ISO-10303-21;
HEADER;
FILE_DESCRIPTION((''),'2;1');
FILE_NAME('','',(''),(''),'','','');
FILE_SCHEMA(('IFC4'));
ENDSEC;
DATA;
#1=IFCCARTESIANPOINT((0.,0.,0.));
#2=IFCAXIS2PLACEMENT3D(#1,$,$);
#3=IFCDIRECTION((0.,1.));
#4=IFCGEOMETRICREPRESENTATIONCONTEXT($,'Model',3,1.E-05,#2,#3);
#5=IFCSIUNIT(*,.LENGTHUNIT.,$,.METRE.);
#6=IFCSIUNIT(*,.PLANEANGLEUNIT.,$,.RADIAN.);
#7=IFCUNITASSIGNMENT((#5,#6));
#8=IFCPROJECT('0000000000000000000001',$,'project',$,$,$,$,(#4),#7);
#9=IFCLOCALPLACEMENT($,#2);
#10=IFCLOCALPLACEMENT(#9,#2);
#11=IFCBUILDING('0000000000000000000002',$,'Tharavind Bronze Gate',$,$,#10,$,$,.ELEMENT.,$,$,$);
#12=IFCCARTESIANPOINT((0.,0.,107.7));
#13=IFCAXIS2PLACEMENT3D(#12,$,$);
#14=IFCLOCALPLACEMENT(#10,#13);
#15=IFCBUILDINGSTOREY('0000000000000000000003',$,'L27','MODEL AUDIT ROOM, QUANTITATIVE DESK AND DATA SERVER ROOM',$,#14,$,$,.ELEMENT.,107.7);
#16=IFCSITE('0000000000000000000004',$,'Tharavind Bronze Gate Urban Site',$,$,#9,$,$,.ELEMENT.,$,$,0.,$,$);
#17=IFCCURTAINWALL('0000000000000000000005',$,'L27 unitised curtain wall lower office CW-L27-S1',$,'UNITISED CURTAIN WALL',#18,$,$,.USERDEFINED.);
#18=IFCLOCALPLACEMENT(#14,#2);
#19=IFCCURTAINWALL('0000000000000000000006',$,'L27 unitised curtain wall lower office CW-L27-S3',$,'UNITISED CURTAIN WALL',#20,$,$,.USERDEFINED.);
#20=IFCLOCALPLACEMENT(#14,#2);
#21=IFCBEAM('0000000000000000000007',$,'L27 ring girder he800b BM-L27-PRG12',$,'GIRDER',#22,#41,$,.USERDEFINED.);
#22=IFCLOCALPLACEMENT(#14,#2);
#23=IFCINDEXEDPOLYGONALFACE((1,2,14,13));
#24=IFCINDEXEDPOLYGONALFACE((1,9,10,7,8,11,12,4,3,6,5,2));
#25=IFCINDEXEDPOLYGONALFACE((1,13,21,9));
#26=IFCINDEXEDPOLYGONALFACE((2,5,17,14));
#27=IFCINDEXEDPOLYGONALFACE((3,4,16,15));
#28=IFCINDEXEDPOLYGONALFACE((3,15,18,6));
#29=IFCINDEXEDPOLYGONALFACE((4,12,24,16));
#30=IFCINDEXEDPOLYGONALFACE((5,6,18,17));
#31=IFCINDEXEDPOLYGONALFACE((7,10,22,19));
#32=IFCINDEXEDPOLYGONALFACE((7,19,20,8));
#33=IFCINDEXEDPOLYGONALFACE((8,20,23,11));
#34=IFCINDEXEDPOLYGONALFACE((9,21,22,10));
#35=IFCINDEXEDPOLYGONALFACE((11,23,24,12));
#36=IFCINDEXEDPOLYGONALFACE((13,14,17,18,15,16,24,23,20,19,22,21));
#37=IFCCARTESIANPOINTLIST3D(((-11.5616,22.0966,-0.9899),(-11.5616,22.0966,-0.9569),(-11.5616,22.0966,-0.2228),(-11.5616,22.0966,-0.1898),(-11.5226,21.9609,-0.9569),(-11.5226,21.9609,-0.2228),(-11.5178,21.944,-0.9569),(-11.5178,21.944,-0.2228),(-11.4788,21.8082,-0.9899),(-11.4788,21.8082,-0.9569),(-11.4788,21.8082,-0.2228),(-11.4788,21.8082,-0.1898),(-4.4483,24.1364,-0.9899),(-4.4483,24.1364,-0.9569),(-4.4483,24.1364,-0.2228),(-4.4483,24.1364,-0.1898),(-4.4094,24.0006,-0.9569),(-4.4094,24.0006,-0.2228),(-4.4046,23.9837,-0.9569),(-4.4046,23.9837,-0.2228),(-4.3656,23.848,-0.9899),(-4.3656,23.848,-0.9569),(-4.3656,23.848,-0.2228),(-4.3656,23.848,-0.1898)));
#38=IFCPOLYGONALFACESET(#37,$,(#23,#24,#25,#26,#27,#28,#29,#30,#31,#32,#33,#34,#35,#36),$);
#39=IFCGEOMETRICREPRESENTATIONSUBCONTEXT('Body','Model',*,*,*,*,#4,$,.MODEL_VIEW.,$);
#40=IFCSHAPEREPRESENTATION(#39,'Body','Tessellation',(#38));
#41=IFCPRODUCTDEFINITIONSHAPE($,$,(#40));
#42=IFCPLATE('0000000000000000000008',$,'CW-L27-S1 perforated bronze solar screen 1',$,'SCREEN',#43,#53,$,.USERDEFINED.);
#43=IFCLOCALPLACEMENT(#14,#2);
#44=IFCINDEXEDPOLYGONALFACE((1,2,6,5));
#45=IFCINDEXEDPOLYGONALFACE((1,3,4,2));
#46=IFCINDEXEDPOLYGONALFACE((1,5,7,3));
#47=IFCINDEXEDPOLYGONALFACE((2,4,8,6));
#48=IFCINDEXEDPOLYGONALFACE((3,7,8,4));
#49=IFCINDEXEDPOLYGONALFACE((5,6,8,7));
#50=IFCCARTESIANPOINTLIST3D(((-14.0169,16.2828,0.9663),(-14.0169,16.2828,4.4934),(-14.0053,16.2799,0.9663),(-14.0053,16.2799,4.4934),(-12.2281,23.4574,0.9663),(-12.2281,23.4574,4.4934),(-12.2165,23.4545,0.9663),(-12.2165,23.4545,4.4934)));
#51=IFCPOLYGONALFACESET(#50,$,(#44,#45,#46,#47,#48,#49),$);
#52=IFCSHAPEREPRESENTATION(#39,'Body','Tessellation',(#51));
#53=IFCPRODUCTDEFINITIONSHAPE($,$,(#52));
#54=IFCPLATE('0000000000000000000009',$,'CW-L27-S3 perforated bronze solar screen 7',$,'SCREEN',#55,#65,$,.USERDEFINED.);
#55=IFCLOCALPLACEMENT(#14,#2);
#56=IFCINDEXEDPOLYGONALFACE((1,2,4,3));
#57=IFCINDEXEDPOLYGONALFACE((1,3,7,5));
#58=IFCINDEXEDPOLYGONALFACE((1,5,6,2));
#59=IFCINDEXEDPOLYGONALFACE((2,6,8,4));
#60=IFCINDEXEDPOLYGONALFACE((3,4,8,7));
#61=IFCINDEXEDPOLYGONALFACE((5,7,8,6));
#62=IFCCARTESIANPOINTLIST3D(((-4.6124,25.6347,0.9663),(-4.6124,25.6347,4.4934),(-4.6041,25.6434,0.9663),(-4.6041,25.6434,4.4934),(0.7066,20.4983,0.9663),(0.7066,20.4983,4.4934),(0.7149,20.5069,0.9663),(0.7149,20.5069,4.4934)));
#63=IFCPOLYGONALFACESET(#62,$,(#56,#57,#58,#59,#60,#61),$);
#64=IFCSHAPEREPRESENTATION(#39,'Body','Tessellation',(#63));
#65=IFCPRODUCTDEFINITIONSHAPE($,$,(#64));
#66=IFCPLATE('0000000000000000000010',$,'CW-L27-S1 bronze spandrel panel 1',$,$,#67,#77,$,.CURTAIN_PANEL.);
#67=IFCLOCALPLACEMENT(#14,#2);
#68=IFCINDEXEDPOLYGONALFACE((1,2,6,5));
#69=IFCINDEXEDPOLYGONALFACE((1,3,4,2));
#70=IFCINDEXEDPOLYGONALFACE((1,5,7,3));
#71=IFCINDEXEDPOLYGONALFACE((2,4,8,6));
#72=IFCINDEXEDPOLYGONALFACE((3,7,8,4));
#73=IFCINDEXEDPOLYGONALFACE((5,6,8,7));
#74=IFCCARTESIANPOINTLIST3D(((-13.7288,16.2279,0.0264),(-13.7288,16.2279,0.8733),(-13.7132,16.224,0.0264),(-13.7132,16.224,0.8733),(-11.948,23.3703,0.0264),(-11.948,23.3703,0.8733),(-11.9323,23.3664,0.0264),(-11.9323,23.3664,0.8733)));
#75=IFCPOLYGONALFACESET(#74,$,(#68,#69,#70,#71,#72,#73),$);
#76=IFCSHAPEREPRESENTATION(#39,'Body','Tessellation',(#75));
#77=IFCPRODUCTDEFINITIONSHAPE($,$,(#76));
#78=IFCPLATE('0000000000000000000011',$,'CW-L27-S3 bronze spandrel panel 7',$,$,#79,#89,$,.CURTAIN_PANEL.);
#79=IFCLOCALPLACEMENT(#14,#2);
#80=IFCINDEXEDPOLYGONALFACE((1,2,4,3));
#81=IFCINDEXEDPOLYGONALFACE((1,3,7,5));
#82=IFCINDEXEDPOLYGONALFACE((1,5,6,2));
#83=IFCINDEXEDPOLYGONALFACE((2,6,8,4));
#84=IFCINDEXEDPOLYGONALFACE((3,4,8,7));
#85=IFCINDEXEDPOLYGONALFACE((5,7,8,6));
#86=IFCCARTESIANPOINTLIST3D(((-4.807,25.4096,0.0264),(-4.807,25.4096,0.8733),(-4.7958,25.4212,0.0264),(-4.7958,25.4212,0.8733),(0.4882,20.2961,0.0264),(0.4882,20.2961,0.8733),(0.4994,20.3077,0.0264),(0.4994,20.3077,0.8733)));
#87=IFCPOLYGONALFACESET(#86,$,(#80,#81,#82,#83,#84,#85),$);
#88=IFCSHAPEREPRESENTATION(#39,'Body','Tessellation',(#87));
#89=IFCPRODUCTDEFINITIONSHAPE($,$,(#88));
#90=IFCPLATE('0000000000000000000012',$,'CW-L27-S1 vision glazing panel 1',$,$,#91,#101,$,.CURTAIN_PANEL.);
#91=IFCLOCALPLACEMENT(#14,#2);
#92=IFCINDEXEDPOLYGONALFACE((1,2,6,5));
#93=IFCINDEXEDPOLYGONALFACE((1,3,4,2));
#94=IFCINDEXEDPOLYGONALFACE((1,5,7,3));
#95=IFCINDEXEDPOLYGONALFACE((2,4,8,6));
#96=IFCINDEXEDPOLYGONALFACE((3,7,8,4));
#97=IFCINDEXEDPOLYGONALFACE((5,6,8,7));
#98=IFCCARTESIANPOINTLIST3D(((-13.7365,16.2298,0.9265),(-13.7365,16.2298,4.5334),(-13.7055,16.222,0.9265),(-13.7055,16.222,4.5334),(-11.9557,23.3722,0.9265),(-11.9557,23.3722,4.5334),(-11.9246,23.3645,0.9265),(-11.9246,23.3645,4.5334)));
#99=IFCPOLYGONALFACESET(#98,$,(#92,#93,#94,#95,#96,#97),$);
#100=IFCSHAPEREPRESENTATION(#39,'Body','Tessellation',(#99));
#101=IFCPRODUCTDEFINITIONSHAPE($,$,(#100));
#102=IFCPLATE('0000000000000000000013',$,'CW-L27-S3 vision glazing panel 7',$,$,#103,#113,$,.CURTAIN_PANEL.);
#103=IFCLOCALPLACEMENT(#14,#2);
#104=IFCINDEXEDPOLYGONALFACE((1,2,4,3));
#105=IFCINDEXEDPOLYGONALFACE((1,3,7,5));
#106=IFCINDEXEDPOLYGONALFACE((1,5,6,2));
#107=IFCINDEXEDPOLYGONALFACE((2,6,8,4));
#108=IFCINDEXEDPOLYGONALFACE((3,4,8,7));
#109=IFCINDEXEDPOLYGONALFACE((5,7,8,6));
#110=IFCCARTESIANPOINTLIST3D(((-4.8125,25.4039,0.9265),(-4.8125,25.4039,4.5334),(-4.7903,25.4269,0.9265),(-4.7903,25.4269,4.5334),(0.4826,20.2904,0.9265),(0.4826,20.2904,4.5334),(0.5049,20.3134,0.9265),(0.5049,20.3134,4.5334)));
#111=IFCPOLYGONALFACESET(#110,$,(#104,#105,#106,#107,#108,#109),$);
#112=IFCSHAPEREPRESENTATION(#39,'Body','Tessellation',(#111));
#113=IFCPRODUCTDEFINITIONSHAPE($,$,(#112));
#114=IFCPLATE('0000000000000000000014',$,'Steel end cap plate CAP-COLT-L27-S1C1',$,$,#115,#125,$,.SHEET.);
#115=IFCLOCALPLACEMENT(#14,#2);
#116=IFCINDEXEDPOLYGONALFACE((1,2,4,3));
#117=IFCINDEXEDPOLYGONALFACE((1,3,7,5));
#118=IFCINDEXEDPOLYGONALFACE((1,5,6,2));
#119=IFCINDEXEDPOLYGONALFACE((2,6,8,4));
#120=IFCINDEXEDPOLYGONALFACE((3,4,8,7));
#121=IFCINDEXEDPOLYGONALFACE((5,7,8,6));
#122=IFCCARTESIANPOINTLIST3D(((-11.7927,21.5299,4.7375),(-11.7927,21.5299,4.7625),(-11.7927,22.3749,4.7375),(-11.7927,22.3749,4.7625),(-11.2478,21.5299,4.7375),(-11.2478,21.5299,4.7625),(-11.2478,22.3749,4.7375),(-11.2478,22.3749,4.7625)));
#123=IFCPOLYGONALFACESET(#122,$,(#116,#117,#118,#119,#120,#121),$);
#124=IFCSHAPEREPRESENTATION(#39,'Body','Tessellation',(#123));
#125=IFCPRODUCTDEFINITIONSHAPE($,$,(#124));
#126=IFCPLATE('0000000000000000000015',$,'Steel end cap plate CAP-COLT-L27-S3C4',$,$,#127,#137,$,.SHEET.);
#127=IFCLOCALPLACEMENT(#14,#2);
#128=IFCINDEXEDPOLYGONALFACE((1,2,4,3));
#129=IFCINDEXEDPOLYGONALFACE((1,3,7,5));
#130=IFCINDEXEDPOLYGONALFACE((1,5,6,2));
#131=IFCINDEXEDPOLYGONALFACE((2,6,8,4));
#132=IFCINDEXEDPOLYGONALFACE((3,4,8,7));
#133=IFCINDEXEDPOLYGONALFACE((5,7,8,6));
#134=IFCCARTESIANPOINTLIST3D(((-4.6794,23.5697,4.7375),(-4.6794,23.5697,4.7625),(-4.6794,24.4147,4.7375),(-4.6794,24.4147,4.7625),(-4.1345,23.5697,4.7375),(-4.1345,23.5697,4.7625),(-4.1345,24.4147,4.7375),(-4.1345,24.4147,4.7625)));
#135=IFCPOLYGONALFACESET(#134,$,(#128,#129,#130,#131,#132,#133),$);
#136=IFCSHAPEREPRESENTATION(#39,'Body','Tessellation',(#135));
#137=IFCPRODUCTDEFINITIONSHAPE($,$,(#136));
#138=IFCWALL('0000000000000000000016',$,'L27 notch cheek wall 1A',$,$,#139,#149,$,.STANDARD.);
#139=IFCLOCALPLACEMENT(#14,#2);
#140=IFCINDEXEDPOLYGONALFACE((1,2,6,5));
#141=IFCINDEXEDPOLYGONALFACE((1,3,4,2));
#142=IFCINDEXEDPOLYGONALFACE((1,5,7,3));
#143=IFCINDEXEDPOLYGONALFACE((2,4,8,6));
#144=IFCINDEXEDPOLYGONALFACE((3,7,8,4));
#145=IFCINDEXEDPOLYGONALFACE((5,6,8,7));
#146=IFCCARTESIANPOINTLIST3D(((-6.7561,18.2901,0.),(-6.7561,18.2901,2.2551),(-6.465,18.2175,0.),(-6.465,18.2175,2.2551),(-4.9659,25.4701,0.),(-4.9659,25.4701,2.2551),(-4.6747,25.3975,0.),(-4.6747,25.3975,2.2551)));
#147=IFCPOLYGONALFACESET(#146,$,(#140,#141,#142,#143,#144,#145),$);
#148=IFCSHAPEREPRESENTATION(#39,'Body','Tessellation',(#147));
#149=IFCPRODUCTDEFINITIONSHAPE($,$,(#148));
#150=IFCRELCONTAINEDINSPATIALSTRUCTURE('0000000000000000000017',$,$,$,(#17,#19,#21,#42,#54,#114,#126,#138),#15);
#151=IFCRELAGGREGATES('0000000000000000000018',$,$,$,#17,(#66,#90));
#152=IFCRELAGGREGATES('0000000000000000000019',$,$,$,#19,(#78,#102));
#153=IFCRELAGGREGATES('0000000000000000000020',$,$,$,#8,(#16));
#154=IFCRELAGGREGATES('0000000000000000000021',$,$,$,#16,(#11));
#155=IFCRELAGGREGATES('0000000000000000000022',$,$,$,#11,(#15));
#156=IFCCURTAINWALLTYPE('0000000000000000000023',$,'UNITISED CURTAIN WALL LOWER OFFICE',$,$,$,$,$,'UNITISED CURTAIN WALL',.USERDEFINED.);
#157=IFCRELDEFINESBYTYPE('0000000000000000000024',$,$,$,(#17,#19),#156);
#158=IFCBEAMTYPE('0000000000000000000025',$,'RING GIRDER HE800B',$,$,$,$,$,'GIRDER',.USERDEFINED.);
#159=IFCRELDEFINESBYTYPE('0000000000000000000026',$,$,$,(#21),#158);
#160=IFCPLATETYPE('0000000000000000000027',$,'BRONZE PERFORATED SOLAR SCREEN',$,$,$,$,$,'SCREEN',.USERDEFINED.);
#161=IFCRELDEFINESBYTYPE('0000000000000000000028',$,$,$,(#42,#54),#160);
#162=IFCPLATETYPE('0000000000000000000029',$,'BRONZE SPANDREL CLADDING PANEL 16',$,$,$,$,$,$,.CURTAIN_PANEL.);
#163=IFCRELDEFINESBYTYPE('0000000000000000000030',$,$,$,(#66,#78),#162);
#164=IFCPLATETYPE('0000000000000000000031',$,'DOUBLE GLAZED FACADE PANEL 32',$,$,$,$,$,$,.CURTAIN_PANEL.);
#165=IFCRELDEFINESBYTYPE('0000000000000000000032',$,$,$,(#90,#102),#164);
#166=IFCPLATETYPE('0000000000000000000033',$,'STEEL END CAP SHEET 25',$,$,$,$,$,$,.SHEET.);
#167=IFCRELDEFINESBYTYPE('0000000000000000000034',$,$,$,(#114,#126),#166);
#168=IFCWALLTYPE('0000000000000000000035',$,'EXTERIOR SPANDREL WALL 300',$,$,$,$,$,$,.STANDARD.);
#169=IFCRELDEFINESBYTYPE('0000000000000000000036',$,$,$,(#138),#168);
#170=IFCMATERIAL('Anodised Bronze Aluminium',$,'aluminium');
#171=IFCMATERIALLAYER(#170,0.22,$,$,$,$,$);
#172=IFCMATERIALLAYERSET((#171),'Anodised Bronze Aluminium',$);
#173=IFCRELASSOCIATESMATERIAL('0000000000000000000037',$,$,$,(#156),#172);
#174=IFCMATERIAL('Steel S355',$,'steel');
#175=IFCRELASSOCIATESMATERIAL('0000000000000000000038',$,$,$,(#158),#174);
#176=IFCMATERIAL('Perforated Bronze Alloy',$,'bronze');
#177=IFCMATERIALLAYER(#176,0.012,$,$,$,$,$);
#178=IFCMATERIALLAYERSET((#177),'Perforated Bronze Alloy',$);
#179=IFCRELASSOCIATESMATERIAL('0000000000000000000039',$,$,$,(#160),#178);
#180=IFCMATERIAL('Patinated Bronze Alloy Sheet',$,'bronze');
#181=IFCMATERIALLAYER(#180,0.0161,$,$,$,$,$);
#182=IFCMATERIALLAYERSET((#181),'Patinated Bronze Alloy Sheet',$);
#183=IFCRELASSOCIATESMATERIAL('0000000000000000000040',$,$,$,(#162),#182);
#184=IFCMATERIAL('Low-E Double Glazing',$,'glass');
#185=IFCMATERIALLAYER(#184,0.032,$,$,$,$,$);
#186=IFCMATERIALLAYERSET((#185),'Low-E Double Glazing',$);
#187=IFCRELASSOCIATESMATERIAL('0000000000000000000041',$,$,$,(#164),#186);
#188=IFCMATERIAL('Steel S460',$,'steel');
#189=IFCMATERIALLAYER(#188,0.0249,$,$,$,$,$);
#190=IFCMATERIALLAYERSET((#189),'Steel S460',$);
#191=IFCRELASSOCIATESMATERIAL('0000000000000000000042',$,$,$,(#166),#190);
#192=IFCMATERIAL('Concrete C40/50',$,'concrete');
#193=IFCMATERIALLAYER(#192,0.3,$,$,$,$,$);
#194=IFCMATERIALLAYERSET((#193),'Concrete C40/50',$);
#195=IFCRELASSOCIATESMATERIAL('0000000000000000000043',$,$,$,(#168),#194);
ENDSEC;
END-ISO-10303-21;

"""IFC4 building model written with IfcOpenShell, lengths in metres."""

from ifc_helpers import new_model, si_unit, direction, frame, frame_2d, origin, origin_2d, place, context, subcontext, project, spatial, rectangle, i_section, extrude, material, layer, layer_set, material_profile, profile_set, type_object, element, aggregate, save


model = new_model("IFC4")

# Units and contexts
model_context = context("Model", 3, precision=1e-05, world=origin(), true_north=direction((0.0, 1.0)))
body_context = subcontext(model_context, "Body", "Model", "MODEL_VIEW")
ifc_project = project(units=[si_unit("LENGTHUNIT", "METRE"), si_unit("PLANEANGLEUNIT", "RADIAN")], contexts=[model_context])

# Site, building, storey
site_placement = place(None, origin())
site = spatial("IfcSite", under=ifc_project, at=site_placement, Name="Tharavind Bronze Gate Urban Site", CompositionType="ELEMENT", RefElevation=0.0)
building_placement = place(site_placement, origin())
building = spatial("IfcBuilding", under=site, at=building_placement, Name="Tharavind Bronze Gate", CompositionType="ELEMENT")
storey_placement = place(building_placement, frame((0.0, 0.0, 107.7)))
storey = spatial("IfcBuildingStorey", under=building, at=storey_placement, Name="L27", Description="MODEL AUDIT ROOM, QUANTITATIVE DESK AND DATA SERVER ROOM", CompositionType="ELEMENT", Elevation=107.7)

# Shared definitions
ifc_material_1 = material(Name="Steel S460", Category="steel")

# Curtain walls
ifc_material_2 = material(Name="Anodised Bronze Aluminium", Category="aluminium")
ifc_layer_1 = layer(ifc_material_2, 0.22)
ifc_layer_set_1 = layer_set([ifc_layer_1], Name="Anodised Bronze Aluminium")
curtain_wall_type = type_object("IfcCurtainWallType", Name="UNITISED CURTAIN WALL LOWER OFFICE", ElementType="UNITISED CURTAIN WALL", PredefinedType="USERDEFINED", material=ifc_layer_set_1)
curtain_wall_1_placement = place(storey_placement, origin())
curtain_wall_1 = element("IfcCurtainWall", 1, at=curtain_wall_1_placement, inside=storey, type_object=curtain_wall_type, Name="L27 unitised curtain wall lower office CW-L27-S1", ObjectType="UNITISED CURTAIN WALL", PredefinedType="USERDEFINED")
curtain_wall_2_placement = place(storey_placement, origin())
curtain_wall_2 = element("IfcCurtainWall", 2, at=curtain_wall_2_placement, inside=storey, type_object=curtain_wall_type, Name="L27 unitised curtain wall lower office CW-L27-S3", ObjectType="UNITISED CURTAIN WALL", PredefinedType="USERDEFINED")

# Beam
ifc_material_3 = material(Name="Steel S355", Category="steel")
ifc_material_profile_1 = material_profile(ifc_material_3, i_section(OverallWidth=0.3, OverallDepth=0.8, WebThickness=0.0176, FlangeThickness=0.033, at=origin_2d()), Name="HE800B")
ifc_profile_set_1 = profile_set([ifc_material_profile_1], Name="Steel S355")
beam_type_1 = type_object("IfcBeamType", Name="RING GIRDER HE800B", ElementType="GIRDER", PredefinedType="USERDEFINED", material=ifc_profile_set_1)
beam_1_placement = place(storey_placement, frame((-4.407, 23.9922, -0.5898), z_axis=(-0.961258, -0.275649, 0.0), x_axis=(0.275649, -0.961258, 0.0)))
element("IfcBeam", 3, at=beam_1_placement, inside=storey, type_object=beam_type_1, Name="L27 ring girder he800b BM-L27-PRG12", ObjectType="GIRDER", PredefinedType="USERDEFINED", context=body_context, shape_type="SweptSolid", body=[
    extrude(i_section(OverallWidth=0.3, OverallDepth=0.8, WebThickness=0.0176, FlangeThickness=0.033, at=origin_2d()), origin(), (0.0, 0.0, 1.0), 7.3999),
])

# Plates
ifc_material_4 = material(Name="Perforated Bronze Alloy", Category="bronze")
ifc_layer_2 = layer(ifc_material_4, 0.012)
ifc_layer_set_2 = layer_set([ifc_layer_2], Name="Perforated Bronze Alloy")
plate_type_1 = type_object("IfcPlateType", Name="BRONZE PERFORATED SOLAR SCREEN", ElementType="SCREEN", PredefinedType="USERDEFINED", material=ifc_layer_set_2)
for number, where, z_axis, x_axis, name in (
    (4, (-13.1167, 19.8687, 0.9663), (0.0, 0.0, 1.0), (-0.241922, -0.970296, 0.0), "CW-L27-S1 perforated bronze solar screen 1"),
    (5, (-1.9487, 23.0708, 0.9663), (0.0, 0.0, 1.0), (-0.719341, 0.694657, 0.0), "CW-L27-S3 perforated bronze solar screen 7"),
):
    element("IfcPlate", number, at=place(storey_placement, frame(where, z_axis=z_axis, x_axis=x_axis)), inside=storey, type_object=plate_type_1, Name=name, ObjectType="SCREEN", PredefinedType="USERDEFINED", context=body_context, shape_type="SweptSolid", body=[
        extrude(rectangle(XDim=7.3943, YDim=0.012, at=origin_2d()), origin(), (0.0, 0.0, 1.0), 3.5271),
    ])

# Plates
ifc_material_5 = material(Name="Patinated Bronze Alloy Sheet", Category="bronze")
ifc_layer_3 = layer(ifc_material_5, 0.0161)
ifc_layer_set_3 = layer_set([ifc_layer_3], Name="Patinated Bronze Alloy Sheet")
plate_type_2 = type_object("IfcPlateType", Name="BRONZE SPANDREL CLADDING PANEL 16", PredefinedType="CURTAIN_PANEL", material=ifc_layer_set_3)
plate_1_placement = place(storey_placement, frame((-12.8306, 19.7971, 0.0264), z_axis=(0.0, 0.0, 1.0), x_axis=(-0.241922, -0.970296, 0.0)))
plate_1 = element("IfcPlate", 6, at=plate_1_placement, type_object=plate_type_2, Name="CW-L27-S1 bronze spandrel panel 1", PredefinedType="CURTAIN_PANEL", context=body_context, shape_type="SweptSolid", body=[
    extrude(rectangle(XDim=7.3611, YDim=0.0161, at=origin_2d()), origin(), (0.0, 0.0, 1.0), 0.8469),
])
plate_2_placement = place(storey_placement, frame((-2.1538, 22.8586, 0.0264), z_axis=(0.0, 0.0, 1.0), x_axis=(-0.719341, 0.694657, 0.0)))
plate_2 = element("IfcPlate", 7, at=plate_2_placement, type_object=plate_type_2, Name="CW-L27-S3 bronze spandrel panel 7", PredefinedType="CURTAIN_PANEL", context=body_context, shape_type="SweptSolid", body=[
    extrude(rectangle(XDim=7.3611, YDim=0.0161, at=origin_2d()), origin(), (0.0, 0.0, 1.0), 0.8469),
])
ifc_material_6 = material(Name="Low-E Double Glazing", Category="glass")
ifc_layer_4 = layer(ifc_material_6, 0.032)
ifc_layer_set_4 = layer_set([ifc_layer_4], Name="Low-E Double Glazing")
plate_type_3 = type_object("IfcPlateType", Name="DOUBLE GLAZED FACADE PANEL 32", PredefinedType="CURTAIN_PANEL", material=ifc_layer_set_4)
plate_3_placement = place(storey_placement, frame((-12.8306, 19.7971, 0.9265), z_axis=(0.0, 0.0, 1.0), x_axis=(-0.241922, -0.970296, 0.0)))
plate_3 = element("IfcPlate", 8, at=plate_3_placement, type_object=plate_type_3, Name="CW-L27-S1 vision glazing panel 1", PredefinedType="CURTAIN_PANEL", context=body_context, shape_type="SweptSolid", body=[
    extrude(rectangle(XDim=7.3611, YDim=0.032, at=origin_2d()), origin(), (0.0, 0.0, 1.0), 3.6069),
])
aggregate(curtain_wall_1, [plate_1, plate_3])
plate_4_placement = place(storey_placement, frame((-2.1538, 22.8586, 0.9265), z_axis=(0.0, 0.0, 1.0), x_axis=(-0.719341, 0.694657, 0.0)))
plate_4 = element("IfcPlate", 9, at=plate_4_placement, type_object=plate_type_3, Name="CW-L27-S3 vision glazing panel 7", PredefinedType="CURTAIN_PANEL", context=body_context, shape_type="SweptSolid", body=[
    extrude(rectangle(XDim=7.3611, YDim=0.032, at=origin_2d()), origin(), (0.0, 0.0, 1.0), 3.6069),
])
aggregate(curtain_wall_2, [plate_2, plate_4])

# Plates
ifc_layer_5 = layer(ifc_material_1, 0.0249)
ifc_layer_set_5 = layer_set([ifc_layer_5], Name="Steel S460")
plate_type_4 = type_object("IfcPlateType", Name="STEEL END CAP SHEET 25", PredefinedType="SHEET", material=ifc_layer_set_5)
for number, where, z_axis, x_axis, name in (
    (10, (-11.5203, 21.9524, 4.7375), (0.0, 0.0, 1.0), (1.0, 0.0, 0.0), "Steel end cap plate CAP-COLT-L27-S1C1"),
    (11, (-4.407, 23.9922, 4.7375), (0.0, 0.0, 1.0), (1.0, 0.0, 0.0), "Steel end cap plate CAP-COLT-L27-S3C4"),
):
    element("IfcPlate", number, at=place(storey_placement, frame(where, z_axis=z_axis, x_axis=x_axis)), inside=storey, type_object=plate_type_4, Name=name, PredefinedType="SHEET", context=body_context, shape_type="SweptSolid", body=[
        extrude(rectangle(XDim=0.5449, YDim=0.845, at=origin_2d()), origin(), (0.0, 0.0, 1.0), 0.0249),
    ])

# Wall
ifc_material_7 = material(Name="Concrete C40/50", Category="concrete")
ifc_layer_6 = layer(ifc_material_7, 0.3)
ifc_layer_set_6 = layer_set([ifc_layer_6], Name="Concrete C40/50")
wall_type = type_object("IfcWallType", Name="EXTERIOR SPANDREL WALL 300", PredefinedType="STANDARD", material=ifc_layer_set_6)
wall_placement = place(storey_placement, frame((-4.8203, 25.4338, 0.0), z_axis=(0.0, 0.0, 1.0), x_axis=(-0.24193, -0.970294, 0.0)))
element("IfcWall", 12, at=wall_placement, inside=storey, type_object=wall_type, Name="L27 notch cheek wall 1A", PredefinedType="STANDARD", context=body_context, shape_type="SweptSolid", body=[
    extrude(rectangle(XDim=7.3999, YDim=0.3, at=frame_2d((3.7, 0.0))), origin(), (0.0, 0.0, 1.0), 2.2551),
])

save(model, "model.ifc")
